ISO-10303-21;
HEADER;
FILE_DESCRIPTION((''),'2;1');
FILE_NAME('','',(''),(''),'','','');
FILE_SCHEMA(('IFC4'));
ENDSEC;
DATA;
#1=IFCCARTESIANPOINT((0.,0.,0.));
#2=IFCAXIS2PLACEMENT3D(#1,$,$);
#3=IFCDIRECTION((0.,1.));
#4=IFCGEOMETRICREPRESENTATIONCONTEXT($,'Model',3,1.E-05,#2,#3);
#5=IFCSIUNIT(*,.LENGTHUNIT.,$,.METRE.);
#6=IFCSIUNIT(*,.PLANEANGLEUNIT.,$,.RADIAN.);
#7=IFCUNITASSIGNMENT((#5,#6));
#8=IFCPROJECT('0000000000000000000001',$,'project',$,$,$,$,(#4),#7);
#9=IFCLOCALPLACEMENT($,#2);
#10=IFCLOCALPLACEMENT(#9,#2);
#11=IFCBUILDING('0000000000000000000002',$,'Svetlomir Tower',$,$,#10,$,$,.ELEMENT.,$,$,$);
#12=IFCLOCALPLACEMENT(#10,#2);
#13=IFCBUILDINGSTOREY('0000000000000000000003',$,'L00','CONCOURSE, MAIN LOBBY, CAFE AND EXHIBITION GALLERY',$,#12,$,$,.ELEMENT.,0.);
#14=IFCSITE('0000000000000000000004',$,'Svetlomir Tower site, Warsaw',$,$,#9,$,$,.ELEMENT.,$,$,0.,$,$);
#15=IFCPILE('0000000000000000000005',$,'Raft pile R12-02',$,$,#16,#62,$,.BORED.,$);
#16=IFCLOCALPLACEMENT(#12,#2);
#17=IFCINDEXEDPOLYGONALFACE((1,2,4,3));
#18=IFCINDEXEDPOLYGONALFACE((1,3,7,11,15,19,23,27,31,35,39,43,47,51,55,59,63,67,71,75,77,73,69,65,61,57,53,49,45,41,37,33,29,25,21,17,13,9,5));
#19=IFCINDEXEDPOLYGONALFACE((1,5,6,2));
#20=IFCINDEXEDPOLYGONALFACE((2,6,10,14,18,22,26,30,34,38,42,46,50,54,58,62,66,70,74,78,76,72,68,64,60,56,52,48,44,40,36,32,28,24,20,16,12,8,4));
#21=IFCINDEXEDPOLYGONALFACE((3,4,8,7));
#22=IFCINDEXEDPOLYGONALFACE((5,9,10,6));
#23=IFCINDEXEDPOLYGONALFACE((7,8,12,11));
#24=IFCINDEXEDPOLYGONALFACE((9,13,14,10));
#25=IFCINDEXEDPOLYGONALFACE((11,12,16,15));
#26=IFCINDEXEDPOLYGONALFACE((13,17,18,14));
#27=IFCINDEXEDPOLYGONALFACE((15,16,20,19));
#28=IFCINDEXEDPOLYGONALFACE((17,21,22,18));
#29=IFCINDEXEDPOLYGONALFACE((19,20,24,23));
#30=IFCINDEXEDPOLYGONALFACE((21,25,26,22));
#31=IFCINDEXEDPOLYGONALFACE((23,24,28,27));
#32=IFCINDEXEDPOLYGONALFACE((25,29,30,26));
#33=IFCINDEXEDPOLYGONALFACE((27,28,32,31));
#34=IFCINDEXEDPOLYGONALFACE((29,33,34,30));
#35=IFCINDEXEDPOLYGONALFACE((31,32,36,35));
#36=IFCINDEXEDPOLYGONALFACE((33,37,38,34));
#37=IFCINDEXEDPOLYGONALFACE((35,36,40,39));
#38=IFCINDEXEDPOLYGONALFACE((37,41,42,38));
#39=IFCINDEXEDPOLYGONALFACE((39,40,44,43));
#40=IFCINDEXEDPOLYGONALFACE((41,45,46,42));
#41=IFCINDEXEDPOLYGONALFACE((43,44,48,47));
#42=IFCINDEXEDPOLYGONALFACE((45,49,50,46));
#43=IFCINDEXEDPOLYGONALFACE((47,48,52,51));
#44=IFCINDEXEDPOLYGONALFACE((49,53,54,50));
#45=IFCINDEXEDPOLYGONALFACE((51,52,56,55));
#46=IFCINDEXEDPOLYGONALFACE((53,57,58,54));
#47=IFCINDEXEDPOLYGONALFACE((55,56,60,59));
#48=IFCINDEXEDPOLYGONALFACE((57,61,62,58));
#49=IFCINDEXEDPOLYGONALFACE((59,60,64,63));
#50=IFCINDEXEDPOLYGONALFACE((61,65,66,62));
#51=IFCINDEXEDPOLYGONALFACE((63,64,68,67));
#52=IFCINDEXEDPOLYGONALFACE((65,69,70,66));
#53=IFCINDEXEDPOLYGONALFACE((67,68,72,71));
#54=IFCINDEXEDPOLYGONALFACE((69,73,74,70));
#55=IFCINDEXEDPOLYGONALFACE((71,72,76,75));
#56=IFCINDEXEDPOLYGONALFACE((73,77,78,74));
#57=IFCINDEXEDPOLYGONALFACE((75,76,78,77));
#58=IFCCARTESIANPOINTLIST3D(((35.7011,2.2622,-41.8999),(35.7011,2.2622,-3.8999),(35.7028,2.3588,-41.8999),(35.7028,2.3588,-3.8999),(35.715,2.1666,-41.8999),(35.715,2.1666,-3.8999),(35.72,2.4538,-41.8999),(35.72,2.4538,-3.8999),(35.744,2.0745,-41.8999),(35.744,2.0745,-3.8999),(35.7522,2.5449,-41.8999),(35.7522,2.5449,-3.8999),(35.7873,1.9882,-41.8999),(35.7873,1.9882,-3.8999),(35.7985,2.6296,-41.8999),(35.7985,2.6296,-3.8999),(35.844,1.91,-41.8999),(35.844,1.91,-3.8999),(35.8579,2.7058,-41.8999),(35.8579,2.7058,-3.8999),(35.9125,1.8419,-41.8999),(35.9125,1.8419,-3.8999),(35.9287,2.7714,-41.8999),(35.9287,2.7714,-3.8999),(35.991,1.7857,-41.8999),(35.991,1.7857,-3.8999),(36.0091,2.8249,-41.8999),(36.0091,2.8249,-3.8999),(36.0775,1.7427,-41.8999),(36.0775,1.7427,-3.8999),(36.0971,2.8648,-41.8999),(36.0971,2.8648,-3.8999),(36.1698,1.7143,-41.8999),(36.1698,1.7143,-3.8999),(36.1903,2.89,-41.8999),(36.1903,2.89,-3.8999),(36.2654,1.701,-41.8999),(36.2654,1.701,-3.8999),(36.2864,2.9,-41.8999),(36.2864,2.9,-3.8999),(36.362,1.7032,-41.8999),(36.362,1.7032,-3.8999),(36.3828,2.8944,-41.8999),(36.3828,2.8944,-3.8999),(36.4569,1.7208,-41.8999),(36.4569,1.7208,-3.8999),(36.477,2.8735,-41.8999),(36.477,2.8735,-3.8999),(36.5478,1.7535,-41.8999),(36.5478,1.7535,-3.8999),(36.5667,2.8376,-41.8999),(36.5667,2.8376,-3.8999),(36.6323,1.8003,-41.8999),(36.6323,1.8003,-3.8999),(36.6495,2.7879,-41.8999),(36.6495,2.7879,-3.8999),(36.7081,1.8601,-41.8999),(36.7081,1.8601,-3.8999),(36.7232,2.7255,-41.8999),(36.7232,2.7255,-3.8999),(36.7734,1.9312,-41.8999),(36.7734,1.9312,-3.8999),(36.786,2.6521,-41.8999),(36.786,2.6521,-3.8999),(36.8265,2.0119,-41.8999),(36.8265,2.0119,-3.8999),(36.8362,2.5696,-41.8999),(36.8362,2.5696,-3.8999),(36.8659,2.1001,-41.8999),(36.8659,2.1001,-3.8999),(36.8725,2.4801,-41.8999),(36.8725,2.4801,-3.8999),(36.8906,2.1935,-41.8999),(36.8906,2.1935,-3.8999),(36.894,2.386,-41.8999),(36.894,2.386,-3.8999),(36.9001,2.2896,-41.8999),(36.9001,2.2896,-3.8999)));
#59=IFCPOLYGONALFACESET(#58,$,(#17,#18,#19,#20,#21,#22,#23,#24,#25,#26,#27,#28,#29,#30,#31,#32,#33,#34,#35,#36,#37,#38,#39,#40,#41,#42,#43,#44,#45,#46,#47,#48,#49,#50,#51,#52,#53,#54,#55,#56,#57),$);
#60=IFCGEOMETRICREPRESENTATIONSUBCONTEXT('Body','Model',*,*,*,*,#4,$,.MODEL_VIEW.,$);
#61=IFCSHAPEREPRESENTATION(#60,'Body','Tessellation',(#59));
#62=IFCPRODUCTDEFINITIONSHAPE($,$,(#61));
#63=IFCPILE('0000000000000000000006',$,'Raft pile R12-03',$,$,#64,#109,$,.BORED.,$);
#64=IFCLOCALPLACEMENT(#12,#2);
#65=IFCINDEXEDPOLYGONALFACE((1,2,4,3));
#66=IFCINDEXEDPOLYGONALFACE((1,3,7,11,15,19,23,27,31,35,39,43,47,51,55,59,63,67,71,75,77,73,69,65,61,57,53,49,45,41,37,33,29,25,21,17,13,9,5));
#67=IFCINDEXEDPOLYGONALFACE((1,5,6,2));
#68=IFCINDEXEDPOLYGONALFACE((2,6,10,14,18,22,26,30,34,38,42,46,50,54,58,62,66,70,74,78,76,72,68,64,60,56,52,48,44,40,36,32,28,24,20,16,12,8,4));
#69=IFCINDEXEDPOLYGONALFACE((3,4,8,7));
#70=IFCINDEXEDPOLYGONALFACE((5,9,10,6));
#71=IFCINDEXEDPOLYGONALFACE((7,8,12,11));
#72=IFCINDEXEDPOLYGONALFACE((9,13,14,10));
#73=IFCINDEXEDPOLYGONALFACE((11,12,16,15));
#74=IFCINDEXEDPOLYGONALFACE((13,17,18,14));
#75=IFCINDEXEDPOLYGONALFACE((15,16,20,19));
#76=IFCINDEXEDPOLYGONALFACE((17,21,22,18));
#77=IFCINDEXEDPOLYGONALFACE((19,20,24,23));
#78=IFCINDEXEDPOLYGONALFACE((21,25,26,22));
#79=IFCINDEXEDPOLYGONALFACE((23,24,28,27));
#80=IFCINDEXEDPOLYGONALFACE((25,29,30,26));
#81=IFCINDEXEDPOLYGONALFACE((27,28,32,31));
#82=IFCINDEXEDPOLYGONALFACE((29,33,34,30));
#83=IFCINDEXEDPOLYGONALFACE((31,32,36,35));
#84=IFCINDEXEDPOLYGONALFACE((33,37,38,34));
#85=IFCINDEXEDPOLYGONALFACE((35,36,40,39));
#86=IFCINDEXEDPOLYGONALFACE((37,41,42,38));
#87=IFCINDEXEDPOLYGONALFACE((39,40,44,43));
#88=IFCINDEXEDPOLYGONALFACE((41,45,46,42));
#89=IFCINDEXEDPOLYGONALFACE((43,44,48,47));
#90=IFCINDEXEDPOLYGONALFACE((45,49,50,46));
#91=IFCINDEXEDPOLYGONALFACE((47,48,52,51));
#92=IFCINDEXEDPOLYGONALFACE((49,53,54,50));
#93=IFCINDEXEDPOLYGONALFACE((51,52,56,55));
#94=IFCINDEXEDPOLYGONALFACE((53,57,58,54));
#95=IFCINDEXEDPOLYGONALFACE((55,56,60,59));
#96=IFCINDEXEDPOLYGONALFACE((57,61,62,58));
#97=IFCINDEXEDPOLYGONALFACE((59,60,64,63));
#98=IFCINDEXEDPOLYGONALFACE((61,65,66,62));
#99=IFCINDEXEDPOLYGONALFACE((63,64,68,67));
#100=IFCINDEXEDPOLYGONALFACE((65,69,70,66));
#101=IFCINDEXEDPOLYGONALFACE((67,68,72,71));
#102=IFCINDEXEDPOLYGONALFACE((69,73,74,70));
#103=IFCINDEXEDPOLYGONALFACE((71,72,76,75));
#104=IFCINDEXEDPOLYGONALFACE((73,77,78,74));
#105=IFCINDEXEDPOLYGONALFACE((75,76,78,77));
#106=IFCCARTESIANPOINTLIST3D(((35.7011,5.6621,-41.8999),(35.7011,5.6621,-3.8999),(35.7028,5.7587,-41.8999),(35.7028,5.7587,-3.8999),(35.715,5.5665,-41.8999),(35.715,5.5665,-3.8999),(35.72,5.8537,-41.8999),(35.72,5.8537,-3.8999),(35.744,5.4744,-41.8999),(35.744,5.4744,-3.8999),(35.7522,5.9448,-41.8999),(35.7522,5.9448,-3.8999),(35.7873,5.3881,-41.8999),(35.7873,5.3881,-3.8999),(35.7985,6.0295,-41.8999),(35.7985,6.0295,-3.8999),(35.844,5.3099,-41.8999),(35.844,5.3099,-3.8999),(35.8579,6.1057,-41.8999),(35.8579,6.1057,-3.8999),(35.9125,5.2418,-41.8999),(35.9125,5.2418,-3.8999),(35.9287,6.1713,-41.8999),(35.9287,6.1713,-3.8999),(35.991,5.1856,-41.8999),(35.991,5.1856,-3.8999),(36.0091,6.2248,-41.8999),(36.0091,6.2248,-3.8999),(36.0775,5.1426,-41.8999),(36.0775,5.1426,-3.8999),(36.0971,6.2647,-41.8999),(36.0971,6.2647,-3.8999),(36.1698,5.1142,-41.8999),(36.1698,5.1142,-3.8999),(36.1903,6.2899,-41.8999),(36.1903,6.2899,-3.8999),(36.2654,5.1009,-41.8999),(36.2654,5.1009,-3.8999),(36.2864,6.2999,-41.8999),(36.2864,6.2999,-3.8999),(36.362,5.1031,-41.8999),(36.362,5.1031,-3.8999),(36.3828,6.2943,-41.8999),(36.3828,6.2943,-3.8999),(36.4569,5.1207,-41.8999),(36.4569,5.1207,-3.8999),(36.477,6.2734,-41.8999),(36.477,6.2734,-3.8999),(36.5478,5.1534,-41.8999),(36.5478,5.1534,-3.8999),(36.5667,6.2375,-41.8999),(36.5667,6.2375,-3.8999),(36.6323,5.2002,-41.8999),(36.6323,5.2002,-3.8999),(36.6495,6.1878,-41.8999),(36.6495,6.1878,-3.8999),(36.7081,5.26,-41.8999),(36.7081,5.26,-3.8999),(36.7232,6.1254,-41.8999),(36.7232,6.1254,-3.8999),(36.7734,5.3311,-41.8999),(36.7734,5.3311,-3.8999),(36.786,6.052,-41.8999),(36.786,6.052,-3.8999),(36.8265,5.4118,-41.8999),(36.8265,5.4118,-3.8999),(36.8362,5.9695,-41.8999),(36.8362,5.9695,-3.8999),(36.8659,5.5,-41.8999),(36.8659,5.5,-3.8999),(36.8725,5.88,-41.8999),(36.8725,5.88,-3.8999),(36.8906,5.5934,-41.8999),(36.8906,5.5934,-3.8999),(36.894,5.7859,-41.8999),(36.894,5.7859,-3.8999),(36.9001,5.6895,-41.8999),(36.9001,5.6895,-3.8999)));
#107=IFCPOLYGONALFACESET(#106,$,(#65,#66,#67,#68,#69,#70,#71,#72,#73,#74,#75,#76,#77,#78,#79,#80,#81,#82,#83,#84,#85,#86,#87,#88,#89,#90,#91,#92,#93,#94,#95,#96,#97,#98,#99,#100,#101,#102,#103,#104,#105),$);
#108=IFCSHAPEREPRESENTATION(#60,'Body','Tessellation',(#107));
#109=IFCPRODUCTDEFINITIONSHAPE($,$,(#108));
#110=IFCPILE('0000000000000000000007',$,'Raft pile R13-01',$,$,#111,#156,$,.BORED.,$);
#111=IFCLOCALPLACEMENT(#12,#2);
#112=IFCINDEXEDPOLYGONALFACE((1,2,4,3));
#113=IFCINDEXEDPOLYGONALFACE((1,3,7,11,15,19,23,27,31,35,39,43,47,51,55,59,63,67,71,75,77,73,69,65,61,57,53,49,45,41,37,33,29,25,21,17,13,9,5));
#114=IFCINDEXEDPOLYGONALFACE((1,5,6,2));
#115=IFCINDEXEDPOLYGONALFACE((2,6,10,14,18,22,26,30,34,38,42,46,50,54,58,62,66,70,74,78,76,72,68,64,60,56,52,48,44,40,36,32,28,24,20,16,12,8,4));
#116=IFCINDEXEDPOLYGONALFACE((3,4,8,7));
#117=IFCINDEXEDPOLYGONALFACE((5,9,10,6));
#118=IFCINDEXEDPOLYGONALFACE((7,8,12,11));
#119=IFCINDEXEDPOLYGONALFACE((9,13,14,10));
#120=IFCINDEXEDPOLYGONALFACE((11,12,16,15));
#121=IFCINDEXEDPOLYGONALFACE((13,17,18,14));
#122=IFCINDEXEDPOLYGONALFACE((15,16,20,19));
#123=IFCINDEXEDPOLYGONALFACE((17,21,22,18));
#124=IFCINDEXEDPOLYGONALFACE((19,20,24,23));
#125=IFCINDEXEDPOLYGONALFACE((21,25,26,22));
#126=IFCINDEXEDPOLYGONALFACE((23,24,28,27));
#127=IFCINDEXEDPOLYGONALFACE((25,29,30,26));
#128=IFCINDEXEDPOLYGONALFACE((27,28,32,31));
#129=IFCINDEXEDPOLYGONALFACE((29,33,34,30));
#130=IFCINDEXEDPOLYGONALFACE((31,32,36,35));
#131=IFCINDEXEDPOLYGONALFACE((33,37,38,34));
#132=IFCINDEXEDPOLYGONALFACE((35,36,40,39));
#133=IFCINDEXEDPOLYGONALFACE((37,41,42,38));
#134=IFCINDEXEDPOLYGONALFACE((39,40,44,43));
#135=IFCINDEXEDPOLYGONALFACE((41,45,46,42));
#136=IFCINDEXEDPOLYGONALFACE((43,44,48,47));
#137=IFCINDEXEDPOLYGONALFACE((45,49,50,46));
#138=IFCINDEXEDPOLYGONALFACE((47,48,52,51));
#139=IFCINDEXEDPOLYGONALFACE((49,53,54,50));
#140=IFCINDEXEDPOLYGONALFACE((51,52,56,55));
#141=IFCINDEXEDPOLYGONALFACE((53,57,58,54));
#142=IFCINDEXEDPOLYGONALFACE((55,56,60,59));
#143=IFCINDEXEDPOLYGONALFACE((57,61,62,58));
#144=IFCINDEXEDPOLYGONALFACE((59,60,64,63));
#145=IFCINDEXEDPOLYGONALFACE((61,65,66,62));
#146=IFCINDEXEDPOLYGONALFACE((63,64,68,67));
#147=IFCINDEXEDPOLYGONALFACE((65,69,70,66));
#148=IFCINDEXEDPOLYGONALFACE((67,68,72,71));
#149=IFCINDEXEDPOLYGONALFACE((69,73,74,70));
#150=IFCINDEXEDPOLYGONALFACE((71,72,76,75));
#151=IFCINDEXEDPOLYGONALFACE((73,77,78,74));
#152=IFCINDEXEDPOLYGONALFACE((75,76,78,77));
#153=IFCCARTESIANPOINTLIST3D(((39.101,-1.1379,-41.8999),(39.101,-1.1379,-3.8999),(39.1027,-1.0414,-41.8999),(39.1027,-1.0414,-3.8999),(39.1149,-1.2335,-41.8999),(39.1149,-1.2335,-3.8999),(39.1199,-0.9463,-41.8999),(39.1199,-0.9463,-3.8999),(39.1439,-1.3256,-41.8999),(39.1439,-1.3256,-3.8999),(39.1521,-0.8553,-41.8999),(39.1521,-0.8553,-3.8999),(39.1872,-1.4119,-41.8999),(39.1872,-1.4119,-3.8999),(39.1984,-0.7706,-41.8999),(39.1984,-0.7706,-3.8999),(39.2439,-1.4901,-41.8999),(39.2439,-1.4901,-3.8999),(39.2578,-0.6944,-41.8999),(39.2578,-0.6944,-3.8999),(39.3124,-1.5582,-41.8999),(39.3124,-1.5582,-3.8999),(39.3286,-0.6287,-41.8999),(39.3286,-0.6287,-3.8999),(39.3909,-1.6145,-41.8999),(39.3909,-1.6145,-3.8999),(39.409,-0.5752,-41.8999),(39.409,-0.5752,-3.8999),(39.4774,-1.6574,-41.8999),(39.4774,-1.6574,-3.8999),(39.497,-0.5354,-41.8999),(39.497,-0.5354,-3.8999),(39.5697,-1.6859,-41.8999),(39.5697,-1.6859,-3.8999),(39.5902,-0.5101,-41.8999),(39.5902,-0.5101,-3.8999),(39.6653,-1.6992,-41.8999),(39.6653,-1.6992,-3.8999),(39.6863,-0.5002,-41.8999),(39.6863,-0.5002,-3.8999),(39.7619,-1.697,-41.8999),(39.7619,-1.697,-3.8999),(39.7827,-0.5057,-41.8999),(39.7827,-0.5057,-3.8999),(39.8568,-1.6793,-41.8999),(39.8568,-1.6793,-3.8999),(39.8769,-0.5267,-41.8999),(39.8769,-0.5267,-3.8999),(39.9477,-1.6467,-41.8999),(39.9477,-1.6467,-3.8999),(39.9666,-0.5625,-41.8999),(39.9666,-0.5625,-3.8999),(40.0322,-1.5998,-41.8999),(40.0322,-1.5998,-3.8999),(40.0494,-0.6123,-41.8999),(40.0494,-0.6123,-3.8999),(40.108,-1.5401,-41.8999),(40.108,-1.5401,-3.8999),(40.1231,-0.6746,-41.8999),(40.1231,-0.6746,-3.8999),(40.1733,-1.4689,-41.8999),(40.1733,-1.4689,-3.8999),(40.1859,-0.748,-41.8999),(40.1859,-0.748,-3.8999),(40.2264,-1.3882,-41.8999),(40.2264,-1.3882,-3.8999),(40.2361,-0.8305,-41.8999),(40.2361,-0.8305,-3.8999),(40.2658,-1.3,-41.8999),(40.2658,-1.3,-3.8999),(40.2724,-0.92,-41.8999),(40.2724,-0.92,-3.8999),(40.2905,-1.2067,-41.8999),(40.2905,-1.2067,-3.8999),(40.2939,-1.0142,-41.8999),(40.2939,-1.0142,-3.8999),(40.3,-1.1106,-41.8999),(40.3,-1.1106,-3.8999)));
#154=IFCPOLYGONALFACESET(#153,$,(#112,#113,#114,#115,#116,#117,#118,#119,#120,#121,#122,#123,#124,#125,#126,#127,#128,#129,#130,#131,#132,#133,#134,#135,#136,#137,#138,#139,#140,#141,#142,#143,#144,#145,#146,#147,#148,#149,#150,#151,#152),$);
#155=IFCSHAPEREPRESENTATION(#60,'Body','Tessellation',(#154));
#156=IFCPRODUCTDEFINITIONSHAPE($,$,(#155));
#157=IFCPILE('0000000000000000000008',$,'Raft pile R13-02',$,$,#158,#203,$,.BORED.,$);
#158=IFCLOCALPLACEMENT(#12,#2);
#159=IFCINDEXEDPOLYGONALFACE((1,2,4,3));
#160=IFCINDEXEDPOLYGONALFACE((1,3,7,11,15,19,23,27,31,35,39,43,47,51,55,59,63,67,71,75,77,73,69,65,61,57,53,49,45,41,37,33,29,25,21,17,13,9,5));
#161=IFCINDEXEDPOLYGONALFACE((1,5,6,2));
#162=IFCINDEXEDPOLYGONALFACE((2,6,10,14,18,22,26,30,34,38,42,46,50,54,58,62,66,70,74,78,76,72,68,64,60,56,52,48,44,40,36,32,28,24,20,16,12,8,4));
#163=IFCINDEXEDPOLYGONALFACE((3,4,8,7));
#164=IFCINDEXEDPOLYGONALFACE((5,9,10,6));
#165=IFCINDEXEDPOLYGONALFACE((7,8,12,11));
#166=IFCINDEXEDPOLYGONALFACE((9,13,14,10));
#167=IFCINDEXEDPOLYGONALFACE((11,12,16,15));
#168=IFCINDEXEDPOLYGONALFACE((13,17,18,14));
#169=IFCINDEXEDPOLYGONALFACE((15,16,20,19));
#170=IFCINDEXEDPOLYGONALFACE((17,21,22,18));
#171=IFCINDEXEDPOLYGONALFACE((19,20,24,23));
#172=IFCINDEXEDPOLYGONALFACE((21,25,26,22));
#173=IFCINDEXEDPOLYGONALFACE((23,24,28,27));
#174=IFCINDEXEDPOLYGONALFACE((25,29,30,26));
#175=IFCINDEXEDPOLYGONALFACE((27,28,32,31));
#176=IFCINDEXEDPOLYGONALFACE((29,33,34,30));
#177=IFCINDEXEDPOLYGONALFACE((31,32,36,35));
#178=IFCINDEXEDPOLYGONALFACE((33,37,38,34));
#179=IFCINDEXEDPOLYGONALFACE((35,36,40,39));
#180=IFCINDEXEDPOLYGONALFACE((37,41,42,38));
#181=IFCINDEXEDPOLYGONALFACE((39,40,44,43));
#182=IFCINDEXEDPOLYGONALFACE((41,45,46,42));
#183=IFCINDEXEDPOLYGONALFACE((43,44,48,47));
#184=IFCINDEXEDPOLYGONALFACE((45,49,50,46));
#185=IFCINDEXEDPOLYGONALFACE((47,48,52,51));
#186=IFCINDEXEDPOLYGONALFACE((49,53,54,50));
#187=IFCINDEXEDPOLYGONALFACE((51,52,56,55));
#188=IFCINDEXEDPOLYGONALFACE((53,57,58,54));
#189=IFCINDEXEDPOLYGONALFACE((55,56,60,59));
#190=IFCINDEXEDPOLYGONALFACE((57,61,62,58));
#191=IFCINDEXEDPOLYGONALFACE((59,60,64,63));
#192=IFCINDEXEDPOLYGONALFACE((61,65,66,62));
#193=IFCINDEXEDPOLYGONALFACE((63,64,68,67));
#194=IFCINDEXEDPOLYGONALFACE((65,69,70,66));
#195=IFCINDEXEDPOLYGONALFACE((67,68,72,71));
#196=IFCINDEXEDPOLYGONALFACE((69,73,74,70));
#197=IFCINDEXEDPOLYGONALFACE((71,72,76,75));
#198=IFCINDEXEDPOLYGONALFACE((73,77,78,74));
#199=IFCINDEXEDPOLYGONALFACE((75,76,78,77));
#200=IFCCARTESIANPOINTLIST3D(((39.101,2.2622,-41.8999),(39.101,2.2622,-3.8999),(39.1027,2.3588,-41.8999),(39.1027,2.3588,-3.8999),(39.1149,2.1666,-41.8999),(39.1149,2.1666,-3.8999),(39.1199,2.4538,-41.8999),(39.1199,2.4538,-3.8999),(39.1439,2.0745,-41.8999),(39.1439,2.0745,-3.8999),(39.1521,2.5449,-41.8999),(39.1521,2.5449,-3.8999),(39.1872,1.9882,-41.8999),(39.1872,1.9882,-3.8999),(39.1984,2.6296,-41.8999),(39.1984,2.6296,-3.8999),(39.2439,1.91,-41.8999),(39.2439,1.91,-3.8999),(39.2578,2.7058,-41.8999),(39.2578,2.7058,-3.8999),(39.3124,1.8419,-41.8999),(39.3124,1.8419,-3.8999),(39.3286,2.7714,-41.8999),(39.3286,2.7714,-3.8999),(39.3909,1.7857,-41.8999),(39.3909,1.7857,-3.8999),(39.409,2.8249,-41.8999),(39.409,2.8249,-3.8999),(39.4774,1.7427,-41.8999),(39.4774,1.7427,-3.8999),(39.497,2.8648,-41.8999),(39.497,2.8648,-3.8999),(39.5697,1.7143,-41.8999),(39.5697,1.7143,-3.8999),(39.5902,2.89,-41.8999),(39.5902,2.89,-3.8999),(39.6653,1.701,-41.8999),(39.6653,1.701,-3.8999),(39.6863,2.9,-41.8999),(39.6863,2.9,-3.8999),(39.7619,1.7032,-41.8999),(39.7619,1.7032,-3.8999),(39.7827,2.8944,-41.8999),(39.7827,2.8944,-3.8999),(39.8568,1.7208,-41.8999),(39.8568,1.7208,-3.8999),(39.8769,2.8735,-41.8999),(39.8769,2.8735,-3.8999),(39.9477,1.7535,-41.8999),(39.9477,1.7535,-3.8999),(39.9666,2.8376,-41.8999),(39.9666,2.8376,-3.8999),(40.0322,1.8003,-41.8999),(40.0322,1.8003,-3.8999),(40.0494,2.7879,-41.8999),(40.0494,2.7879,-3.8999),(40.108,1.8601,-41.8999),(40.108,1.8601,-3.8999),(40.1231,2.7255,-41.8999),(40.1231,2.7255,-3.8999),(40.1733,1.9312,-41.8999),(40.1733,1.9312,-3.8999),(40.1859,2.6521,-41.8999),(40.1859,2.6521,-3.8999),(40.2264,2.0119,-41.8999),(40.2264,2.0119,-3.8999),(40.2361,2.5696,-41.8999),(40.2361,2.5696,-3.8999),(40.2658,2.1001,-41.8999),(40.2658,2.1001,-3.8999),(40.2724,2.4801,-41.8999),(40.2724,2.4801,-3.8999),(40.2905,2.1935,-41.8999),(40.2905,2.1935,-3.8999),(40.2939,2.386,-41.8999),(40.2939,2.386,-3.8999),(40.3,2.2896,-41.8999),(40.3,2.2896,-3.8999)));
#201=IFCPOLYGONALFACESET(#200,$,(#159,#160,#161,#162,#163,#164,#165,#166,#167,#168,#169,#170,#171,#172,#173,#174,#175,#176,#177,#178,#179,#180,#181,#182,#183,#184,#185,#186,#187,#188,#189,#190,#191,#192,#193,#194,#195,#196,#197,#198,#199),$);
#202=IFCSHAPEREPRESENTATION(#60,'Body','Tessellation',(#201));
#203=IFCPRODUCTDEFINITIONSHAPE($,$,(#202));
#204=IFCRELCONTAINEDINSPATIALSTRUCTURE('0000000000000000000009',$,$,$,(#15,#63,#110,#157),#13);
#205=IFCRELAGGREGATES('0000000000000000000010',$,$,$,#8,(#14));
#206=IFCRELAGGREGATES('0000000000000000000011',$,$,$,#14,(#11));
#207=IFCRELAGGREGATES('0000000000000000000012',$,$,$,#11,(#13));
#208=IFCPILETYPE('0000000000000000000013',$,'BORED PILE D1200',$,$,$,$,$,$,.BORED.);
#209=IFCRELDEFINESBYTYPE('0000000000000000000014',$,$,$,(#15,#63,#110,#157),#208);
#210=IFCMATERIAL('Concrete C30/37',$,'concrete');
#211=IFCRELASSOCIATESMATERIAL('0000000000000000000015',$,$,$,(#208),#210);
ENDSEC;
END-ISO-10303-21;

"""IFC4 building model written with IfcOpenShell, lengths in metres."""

from ifc_helpers import new_model, si_unit, direction, frame, frame_2d, origin, origin_2d, place, context, subcontext, project, spatial, circle, extrude, material, material_profile, profile_set, type_object, element, save


model = new_model("IFC4")

# Units and contexts
model_context = context("Model", 3, precision=1e-05, world=origin(), true_north=direction((0.0, 1.0)))
body_context = subcontext(model_context, "Body", "Model", "MODEL_VIEW")
ifc_project = project(units=[si_unit("LENGTHUNIT", "METRE"), si_unit("PLANEANGLEUNIT", "RADIAN")], contexts=[model_context])

# Site, building, storey
site_placement = place(None, origin())
site = spatial("IfcSite", under=ifc_project, at=site_placement, Name="Svetlomir Tower site, Warsaw", CompositionType="ELEMENT", RefElevation=0.0)
building_placement = place(site_placement, origin())
building = spatial("IfcBuilding", under=site, at=building_placement, Name="Svetlomir Tower", CompositionType="ELEMENT")
storey_placement = place(building_placement, origin())
storey = spatial("IfcBuildingStorey", under=building, at=storey_placement, Name="L00", Description="CONCOURSE, MAIN LOBBY, CAFE AND EXHIBITION GALLERY", CompositionType="ELEMENT", Elevation=0.0)

# Piles
ifc_material_1 = material(Name="Concrete C30/37", Category="concrete")
ifc_material_profile_1 = material_profile(ifc_material_1, circle(Radius=0.6001, at=origin_2d()), Name="D1200")
ifc_profile_set_1 = profile_set([ifc_material_profile_1], Name="Concrete C30/37")
pile_type = type_object("IfcPileType", Name="BORED PILE D1200", PredefinedType="BORED", material=ifc_profile_set_1)
for number, where, z_axis, x_axis, name in (
    (1, (36.3, 2.3, -3.8999), (0.0, 0.0, -1.0), (1.0, 0.0, 0.0), "Raft pile R12-02"),
    (2, (36.3, 5.7, -3.8999), (0.0, 0.0, -1.0), (1.0, 0.0, 0.0), "Raft pile R12-03"),
    (3, (39.7, -1.1001, -3.8999), (0.0, 0.0, -1.0), (1.0, 0.0, 0.0), "Raft pile R13-01"),
    (4, (39.7, 2.3, -3.8999), (0.0, 0.0, -1.0), (1.0, 0.0, 0.0), "Raft pile R13-02"),
):
    element("IfcPile", number, at=place(storey_placement, frame(where, z_axis=z_axis, x_axis=x_axis)), inside=storey, type_object=pile_type, Name=name, PredefinedType="BORED", context=body_context, shape_type="SweptSolid", body=[
        extrude(circle(Radius=0.6001, at=frame_2d((0.0, 0.0), x_axis=(0.999848, 0.017452))), origin(), (0.0, 0.0, 1.0), 38.0),
    ])

save(model, "model.ifc")
